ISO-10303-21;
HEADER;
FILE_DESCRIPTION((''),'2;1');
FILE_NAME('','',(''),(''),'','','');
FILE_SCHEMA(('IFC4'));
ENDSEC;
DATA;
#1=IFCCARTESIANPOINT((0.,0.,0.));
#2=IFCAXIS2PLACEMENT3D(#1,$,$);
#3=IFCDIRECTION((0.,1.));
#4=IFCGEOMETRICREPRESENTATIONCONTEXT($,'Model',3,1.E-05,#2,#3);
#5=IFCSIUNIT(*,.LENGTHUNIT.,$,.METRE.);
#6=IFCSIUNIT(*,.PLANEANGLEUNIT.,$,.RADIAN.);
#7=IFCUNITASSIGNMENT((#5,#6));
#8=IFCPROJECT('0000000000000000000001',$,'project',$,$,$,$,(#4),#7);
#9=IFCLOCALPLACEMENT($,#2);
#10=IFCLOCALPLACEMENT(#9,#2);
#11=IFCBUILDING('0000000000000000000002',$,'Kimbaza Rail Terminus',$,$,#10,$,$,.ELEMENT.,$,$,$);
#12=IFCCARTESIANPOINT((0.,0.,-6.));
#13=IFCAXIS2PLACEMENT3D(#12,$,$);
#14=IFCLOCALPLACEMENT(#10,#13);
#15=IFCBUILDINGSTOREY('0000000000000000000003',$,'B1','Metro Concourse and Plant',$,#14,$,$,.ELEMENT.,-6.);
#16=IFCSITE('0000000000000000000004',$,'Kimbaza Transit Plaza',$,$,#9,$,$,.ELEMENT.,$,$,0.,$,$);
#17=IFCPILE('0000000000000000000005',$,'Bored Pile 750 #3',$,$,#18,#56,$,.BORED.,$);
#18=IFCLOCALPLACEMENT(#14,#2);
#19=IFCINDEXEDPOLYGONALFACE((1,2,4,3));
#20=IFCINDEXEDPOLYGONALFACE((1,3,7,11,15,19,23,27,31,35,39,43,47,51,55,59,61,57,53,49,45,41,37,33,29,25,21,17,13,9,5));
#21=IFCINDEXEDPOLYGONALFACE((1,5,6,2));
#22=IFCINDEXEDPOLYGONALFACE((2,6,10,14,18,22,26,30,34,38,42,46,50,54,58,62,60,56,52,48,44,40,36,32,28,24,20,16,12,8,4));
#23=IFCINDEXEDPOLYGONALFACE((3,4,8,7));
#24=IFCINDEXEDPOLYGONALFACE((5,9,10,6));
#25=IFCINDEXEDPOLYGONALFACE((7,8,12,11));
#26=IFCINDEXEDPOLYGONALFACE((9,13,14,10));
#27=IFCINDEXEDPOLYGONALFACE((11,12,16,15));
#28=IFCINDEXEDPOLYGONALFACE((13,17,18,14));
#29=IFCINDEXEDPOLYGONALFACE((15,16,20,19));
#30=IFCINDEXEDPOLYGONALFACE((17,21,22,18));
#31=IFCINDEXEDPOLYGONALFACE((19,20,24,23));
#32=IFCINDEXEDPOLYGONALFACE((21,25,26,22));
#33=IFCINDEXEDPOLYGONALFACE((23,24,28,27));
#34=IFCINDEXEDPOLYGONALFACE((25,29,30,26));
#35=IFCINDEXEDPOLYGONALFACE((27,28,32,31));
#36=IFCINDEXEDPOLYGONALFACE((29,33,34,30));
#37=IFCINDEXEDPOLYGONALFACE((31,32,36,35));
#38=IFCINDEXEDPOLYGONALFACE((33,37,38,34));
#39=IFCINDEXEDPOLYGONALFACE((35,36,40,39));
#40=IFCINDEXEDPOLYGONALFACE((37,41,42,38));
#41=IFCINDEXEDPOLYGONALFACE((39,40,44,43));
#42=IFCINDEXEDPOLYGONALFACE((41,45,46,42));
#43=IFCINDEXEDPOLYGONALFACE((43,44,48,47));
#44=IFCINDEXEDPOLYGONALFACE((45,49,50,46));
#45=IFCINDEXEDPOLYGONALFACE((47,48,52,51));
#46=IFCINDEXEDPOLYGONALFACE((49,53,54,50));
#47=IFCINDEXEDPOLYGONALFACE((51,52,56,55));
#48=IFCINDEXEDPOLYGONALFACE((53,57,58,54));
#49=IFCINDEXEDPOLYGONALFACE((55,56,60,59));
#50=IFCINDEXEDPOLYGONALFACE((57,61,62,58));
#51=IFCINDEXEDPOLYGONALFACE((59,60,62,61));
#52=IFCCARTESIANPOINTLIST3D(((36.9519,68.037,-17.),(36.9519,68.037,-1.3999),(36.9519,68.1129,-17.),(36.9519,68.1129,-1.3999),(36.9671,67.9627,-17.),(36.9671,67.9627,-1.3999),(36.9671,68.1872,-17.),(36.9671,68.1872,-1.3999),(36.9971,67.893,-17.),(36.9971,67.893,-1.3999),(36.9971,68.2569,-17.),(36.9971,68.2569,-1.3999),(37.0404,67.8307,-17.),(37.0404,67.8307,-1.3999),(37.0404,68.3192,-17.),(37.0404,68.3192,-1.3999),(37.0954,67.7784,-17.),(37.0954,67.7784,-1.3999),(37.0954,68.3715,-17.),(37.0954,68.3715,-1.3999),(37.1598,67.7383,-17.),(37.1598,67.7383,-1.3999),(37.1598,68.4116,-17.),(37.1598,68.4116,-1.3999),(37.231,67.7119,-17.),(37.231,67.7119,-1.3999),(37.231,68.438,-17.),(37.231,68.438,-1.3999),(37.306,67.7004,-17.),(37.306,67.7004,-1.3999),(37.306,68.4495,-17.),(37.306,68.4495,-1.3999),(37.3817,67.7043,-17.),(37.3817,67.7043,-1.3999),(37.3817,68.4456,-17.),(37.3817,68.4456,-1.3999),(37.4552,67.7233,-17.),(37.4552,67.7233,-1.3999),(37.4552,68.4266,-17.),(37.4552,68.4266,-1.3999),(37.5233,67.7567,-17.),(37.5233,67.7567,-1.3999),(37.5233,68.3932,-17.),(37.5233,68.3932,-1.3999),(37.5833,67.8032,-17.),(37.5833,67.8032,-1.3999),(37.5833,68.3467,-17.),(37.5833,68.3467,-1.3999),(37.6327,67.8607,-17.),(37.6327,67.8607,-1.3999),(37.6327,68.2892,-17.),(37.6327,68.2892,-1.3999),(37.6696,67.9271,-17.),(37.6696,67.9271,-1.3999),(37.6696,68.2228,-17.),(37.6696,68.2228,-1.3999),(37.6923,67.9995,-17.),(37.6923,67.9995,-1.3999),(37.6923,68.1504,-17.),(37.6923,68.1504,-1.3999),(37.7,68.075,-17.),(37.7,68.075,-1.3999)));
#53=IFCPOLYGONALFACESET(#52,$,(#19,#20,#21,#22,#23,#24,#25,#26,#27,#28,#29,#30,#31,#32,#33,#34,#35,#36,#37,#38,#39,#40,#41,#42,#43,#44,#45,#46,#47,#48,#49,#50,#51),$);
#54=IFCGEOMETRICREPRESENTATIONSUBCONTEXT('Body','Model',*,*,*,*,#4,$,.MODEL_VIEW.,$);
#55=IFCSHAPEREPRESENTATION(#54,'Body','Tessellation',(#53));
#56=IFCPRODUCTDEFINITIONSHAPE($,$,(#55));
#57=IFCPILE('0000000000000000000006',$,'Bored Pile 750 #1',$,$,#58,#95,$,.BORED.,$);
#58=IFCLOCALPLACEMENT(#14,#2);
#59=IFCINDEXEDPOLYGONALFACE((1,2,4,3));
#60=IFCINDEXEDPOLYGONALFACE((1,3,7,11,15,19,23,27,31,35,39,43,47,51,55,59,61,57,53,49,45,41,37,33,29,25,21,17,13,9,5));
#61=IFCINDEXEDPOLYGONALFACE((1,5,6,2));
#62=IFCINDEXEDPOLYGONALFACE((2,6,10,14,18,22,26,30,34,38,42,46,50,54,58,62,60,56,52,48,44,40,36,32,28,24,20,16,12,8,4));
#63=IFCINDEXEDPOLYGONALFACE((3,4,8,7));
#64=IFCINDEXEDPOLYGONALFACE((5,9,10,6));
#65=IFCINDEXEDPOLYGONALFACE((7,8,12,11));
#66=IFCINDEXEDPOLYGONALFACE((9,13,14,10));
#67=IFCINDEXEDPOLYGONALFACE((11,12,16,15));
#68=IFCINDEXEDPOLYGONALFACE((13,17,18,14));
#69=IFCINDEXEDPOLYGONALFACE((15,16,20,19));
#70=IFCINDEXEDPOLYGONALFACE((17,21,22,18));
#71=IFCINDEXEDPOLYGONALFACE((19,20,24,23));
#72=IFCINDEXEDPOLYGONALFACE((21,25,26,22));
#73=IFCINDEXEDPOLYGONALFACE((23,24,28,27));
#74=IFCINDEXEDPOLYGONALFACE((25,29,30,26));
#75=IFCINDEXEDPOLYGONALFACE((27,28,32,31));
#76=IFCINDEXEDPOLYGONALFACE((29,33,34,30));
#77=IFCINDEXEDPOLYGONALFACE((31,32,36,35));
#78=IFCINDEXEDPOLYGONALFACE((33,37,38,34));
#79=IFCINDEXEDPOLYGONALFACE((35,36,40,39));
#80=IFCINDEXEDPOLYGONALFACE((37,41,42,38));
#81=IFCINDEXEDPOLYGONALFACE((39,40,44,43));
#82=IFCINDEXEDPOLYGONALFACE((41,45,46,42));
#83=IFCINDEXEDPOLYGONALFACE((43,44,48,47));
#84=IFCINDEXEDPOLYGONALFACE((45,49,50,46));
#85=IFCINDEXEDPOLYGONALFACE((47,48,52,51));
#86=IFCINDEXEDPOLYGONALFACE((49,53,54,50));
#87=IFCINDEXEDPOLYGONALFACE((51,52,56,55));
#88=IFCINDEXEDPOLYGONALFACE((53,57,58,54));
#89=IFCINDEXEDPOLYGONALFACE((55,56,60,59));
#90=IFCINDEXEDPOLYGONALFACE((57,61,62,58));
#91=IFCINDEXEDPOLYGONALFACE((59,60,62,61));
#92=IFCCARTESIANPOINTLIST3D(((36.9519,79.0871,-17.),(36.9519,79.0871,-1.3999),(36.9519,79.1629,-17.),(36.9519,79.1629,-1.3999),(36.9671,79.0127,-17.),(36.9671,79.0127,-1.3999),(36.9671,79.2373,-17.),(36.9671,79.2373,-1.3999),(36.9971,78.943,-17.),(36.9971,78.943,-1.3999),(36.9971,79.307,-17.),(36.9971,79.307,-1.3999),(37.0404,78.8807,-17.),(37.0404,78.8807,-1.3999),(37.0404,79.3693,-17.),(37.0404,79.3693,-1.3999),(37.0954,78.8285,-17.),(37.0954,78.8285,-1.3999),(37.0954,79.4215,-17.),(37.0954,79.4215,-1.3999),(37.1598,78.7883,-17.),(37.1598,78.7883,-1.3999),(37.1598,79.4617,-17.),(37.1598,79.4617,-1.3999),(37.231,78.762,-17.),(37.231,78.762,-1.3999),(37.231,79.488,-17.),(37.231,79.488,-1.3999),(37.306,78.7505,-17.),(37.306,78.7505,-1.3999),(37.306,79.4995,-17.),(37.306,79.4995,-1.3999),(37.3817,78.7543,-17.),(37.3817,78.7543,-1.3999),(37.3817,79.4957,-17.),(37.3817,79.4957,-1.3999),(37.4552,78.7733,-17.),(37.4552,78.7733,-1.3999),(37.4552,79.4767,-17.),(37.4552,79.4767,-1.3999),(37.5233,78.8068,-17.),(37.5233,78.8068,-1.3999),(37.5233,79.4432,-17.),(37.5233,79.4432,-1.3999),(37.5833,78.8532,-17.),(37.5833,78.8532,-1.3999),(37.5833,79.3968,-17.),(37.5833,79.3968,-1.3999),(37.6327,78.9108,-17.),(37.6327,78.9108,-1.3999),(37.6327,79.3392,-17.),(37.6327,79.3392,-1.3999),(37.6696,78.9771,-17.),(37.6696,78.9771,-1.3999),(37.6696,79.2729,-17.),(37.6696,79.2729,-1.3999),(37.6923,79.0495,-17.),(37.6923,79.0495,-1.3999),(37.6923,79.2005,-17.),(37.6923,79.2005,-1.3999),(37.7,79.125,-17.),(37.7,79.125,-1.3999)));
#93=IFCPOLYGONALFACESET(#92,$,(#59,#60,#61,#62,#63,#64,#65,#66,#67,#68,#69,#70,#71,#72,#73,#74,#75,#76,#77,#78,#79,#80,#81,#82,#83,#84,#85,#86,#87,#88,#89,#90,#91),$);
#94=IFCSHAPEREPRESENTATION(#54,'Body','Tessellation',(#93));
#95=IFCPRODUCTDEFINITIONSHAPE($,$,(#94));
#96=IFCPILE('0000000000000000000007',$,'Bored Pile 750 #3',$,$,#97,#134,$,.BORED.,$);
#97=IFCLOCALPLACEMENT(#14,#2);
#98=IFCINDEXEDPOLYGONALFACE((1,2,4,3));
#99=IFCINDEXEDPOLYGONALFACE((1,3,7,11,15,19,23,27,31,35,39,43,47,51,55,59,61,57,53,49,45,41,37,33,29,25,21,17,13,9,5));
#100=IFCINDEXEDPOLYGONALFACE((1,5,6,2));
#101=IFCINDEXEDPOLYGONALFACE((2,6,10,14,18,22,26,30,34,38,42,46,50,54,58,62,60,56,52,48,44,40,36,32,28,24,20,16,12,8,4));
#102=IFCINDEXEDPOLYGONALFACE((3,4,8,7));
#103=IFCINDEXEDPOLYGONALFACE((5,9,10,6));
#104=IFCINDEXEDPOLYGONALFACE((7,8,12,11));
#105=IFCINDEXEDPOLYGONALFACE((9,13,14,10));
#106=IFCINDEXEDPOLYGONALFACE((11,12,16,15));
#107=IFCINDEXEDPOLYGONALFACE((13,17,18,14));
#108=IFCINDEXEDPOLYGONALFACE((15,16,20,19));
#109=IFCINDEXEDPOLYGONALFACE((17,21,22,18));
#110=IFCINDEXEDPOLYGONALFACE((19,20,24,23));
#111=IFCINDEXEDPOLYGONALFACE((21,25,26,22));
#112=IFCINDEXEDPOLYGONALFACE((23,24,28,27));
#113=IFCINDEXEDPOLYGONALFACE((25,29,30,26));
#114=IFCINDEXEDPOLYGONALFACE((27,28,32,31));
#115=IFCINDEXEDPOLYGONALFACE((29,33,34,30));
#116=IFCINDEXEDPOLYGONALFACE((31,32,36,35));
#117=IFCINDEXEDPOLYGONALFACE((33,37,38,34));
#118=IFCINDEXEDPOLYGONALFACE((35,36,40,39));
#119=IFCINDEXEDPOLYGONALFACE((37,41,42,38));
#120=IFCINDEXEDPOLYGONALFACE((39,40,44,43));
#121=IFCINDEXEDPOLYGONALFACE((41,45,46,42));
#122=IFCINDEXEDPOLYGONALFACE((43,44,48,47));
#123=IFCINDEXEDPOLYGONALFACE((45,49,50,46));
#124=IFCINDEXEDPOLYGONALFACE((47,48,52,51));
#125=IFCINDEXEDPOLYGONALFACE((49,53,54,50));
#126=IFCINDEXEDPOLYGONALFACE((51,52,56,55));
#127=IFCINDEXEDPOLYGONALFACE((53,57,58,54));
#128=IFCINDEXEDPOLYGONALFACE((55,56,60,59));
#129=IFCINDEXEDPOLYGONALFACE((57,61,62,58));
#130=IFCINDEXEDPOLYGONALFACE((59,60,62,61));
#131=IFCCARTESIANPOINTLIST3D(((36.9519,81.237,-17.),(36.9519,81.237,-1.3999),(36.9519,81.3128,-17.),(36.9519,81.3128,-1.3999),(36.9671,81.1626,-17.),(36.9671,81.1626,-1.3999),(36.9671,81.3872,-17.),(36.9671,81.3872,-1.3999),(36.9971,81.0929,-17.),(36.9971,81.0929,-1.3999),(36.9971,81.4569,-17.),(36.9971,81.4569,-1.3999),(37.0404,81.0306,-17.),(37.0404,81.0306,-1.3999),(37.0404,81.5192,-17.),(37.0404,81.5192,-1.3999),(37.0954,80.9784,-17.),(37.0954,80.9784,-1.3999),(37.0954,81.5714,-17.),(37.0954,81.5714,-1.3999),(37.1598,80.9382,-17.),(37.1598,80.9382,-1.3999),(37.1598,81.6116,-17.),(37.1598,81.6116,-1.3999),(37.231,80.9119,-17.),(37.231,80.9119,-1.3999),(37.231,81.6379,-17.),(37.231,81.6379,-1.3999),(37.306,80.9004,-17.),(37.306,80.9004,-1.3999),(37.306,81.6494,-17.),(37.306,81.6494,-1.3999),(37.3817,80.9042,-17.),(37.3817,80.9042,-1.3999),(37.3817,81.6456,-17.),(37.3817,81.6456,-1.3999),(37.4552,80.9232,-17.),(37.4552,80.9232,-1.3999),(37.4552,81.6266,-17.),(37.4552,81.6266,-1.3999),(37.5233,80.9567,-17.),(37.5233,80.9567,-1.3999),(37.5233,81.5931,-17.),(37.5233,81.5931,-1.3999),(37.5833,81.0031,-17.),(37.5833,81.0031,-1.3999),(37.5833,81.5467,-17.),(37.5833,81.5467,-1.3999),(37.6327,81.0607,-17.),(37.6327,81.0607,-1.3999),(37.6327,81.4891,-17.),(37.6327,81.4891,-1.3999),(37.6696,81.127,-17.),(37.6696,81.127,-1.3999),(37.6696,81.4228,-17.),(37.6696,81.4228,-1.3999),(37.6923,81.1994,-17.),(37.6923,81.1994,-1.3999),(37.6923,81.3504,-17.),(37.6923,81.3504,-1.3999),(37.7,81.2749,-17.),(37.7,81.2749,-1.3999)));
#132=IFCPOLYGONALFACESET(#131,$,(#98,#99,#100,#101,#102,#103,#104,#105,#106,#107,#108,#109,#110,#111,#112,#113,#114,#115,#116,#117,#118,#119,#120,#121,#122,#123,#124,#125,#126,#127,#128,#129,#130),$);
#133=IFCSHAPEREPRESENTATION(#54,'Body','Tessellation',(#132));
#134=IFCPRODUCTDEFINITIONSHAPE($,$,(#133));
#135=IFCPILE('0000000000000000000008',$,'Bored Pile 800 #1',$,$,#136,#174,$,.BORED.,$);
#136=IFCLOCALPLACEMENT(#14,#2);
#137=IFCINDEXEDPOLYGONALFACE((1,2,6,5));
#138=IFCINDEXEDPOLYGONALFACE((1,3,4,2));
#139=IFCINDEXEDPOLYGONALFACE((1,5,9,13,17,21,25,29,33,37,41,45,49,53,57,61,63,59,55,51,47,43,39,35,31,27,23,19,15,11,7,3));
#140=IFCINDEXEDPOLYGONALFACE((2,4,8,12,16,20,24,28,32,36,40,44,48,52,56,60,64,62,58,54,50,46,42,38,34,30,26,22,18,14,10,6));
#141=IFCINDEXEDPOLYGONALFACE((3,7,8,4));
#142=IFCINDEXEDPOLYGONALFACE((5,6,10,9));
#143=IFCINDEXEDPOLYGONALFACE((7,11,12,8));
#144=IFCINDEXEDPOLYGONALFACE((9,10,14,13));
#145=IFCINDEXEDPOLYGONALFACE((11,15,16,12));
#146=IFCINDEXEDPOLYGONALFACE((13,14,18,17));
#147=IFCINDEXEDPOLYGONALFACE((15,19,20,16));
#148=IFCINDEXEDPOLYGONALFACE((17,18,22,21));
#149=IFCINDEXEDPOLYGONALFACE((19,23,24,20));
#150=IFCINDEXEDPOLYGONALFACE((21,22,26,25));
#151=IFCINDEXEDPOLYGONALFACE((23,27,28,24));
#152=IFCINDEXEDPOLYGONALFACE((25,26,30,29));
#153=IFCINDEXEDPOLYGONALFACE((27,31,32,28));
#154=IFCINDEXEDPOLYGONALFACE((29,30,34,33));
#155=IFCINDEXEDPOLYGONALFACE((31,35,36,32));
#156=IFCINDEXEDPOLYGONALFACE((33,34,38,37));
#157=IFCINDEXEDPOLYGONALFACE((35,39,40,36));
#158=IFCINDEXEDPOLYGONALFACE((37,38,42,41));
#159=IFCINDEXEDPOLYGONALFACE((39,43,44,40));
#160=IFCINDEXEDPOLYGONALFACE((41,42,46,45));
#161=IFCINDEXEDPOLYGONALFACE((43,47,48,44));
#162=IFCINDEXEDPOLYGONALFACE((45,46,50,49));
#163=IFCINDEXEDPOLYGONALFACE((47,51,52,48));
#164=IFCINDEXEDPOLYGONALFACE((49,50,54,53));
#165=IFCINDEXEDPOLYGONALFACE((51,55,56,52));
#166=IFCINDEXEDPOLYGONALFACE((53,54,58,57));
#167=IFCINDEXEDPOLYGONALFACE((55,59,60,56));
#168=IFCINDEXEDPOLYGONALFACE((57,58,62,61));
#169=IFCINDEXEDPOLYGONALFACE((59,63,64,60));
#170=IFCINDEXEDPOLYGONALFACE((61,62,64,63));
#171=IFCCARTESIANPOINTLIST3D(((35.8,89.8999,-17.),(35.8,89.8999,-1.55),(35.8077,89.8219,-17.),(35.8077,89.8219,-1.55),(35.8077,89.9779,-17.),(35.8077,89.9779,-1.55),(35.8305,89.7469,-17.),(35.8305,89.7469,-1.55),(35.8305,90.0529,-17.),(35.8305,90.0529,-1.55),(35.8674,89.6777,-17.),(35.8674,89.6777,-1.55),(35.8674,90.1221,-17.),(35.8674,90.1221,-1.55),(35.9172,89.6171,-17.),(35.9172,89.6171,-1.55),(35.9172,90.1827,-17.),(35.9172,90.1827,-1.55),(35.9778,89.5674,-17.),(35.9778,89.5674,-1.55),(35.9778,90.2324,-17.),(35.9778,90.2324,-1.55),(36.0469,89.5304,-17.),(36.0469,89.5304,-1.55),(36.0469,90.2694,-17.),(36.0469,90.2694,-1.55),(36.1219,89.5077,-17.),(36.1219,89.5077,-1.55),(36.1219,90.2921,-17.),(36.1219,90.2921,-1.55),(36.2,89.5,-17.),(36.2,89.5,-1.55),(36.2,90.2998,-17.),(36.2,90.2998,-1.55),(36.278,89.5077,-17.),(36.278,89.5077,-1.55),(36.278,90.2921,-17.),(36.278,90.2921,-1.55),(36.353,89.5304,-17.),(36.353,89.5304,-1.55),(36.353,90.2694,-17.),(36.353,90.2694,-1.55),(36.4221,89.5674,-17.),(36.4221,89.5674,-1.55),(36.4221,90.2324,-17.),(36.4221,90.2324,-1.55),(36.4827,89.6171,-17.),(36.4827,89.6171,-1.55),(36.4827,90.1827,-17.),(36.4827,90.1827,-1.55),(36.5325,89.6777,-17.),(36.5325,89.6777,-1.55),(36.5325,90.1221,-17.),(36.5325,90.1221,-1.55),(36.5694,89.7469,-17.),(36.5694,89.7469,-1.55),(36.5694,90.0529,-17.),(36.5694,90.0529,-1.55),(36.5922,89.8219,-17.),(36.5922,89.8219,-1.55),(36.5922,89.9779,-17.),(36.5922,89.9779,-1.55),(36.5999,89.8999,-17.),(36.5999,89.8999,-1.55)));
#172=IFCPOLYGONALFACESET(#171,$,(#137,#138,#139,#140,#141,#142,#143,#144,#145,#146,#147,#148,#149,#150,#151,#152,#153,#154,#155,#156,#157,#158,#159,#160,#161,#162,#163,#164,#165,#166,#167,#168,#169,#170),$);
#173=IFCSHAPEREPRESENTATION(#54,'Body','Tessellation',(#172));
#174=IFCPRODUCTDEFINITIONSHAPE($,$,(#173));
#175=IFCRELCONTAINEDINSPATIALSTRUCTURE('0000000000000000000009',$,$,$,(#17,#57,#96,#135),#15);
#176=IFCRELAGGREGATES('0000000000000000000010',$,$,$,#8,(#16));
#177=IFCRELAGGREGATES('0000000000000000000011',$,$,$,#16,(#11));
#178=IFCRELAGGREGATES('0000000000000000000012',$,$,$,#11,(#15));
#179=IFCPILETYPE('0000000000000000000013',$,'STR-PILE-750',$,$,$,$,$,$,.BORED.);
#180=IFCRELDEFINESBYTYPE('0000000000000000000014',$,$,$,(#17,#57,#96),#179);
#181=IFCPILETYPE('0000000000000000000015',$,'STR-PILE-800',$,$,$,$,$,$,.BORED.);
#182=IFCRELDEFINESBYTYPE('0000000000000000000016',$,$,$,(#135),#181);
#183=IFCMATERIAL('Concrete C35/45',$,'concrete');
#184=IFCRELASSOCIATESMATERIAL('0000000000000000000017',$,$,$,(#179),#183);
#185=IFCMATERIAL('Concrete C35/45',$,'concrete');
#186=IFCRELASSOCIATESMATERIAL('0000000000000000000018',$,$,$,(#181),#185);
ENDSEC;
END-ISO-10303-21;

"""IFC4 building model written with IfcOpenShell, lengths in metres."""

from ifc_helpers import new_model, si_unit, direction, frame, origin, origin_2d, place, context, subcontext, project, spatial, circle, extrude, material, material_profile, profile_set, type_object, element, save


model = new_model("IFC4")

# Units and contexts
model_context = context("Model", 3, precision=1e-05, world=origin(), true_north=direction((0.0, 1.0)))
body_context = subcontext(model_context, "Body", "Model", "MODEL_VIEW")
ifc_project = project(units=[si_unit("LENGTHUNIT", "METRE"), si_unit("PLANEANGLEUNIT", "RADIAN")], contexts=[model_context])

# Site, building, storey
site_placement = place(None, origin())
site = spatial("IfcSite", under=ifc_project, at=site_placement, Name="Kimbaza Transit Plaza", CompositionType="ELEMENT", RefElevation=0.0)
building_placement = place(site_placement, origin())
building = spatial("IfcBuilding", under=site, at=building_placement, Name="Kimbaza Rail Terminus", CompositionType="ELEMENT")
storey_placement = place(building_placement, frame((0.0, 0.0, -6.0)))
storey = spatial("IfcBuildingStorey", under=building, at=storey_placement, Name="B1", Description="Metro Concourse and Plant", CompositionType="ELEMENT", Elevation=-6.0)

# Piles
ifc_material_1 = material(Name="Concrete C35/45", Category="concrete")
ifc_material_profile_1 = material_profile(ifc_material_1, circle(Radius=0.375, at=origin_2d()), Name="BORED PILE 750")
ifc_profile_set_1 = profile_set([ifc_material_profile_1], Name="Concrete C35/45")
pile_type_1 = type_object("IfcPileType", Name="STR-PILE-750", PredefinedType="BORED", material=ifc_profile_set_1)
for number, where, z_axis, x_axis, name in (
    (1, (37.325, 68.075, -1.3999), (0.0, 0.0, -1.0), (1.0, 0.0, 0.0), "Bored Pile 750 #3"),
    (2, (37.325, 79.125, -1.3999), (0.0, 0.0, -1.0), (1.0, 0.0, 0.0), "Bored Pile 750 #1"),
    (3, (37.325, 81.2749, -1.3999), (0.0, 0.0, -1.0), (1.0, 0.0, 0.0), "Bored Pile 750 #3"),
):
    element("IfcPile", number, at=place(storey_placement, frame(where, z_axis=z_axis, x_axis=x_axis)), inside=storey, type_object=pile_type_1, Name=name, PredefinedType="BORED", context=body_context, shape_type="SweptSolid", body=[
        extrude(circle(Radius=0.375, at=origin_2d()), origin(), (0.0, 0.0, 1.0), 15.6001),
    ])
ifc_material_2 = material(Name="Concrete C35/45", Category="concrete")
ifc_material_profile_2 = material_profile(ifc_material_2, circle(Radius=0.3999, at=origin_2d()), Name="BORED PILE 800")
ifc_profile_set_2 = profile_set([ifc_material_profile_2], Name="Concrete C35/45")
pile_type_2 = type_object("IfcPileType", Name="STR-PILE-800", PredefinedType="BORED", material=ifc_profile_set_2)
pile_1_placement = place(storey_placement, frame((36.2, 89.8999, -1.55), z_axis=(0.0, 0.0, -1.0), x_axis=(1.0, 0.0, 0.0)))
element("IfcPile", 4, at=pile_1_placement, inside=storey, type_object=pile_type_2, Name="Bored Pile 800 #1", PredefinedType="BORED", context=body_context, shape_type="SweptSolid", body=[
    extrude(circle(Radius=0.3999, at=origin_2d()), origin(), (0.0, 0.0, 1.0), 15.45),
])

save(model, "model.ifc")
